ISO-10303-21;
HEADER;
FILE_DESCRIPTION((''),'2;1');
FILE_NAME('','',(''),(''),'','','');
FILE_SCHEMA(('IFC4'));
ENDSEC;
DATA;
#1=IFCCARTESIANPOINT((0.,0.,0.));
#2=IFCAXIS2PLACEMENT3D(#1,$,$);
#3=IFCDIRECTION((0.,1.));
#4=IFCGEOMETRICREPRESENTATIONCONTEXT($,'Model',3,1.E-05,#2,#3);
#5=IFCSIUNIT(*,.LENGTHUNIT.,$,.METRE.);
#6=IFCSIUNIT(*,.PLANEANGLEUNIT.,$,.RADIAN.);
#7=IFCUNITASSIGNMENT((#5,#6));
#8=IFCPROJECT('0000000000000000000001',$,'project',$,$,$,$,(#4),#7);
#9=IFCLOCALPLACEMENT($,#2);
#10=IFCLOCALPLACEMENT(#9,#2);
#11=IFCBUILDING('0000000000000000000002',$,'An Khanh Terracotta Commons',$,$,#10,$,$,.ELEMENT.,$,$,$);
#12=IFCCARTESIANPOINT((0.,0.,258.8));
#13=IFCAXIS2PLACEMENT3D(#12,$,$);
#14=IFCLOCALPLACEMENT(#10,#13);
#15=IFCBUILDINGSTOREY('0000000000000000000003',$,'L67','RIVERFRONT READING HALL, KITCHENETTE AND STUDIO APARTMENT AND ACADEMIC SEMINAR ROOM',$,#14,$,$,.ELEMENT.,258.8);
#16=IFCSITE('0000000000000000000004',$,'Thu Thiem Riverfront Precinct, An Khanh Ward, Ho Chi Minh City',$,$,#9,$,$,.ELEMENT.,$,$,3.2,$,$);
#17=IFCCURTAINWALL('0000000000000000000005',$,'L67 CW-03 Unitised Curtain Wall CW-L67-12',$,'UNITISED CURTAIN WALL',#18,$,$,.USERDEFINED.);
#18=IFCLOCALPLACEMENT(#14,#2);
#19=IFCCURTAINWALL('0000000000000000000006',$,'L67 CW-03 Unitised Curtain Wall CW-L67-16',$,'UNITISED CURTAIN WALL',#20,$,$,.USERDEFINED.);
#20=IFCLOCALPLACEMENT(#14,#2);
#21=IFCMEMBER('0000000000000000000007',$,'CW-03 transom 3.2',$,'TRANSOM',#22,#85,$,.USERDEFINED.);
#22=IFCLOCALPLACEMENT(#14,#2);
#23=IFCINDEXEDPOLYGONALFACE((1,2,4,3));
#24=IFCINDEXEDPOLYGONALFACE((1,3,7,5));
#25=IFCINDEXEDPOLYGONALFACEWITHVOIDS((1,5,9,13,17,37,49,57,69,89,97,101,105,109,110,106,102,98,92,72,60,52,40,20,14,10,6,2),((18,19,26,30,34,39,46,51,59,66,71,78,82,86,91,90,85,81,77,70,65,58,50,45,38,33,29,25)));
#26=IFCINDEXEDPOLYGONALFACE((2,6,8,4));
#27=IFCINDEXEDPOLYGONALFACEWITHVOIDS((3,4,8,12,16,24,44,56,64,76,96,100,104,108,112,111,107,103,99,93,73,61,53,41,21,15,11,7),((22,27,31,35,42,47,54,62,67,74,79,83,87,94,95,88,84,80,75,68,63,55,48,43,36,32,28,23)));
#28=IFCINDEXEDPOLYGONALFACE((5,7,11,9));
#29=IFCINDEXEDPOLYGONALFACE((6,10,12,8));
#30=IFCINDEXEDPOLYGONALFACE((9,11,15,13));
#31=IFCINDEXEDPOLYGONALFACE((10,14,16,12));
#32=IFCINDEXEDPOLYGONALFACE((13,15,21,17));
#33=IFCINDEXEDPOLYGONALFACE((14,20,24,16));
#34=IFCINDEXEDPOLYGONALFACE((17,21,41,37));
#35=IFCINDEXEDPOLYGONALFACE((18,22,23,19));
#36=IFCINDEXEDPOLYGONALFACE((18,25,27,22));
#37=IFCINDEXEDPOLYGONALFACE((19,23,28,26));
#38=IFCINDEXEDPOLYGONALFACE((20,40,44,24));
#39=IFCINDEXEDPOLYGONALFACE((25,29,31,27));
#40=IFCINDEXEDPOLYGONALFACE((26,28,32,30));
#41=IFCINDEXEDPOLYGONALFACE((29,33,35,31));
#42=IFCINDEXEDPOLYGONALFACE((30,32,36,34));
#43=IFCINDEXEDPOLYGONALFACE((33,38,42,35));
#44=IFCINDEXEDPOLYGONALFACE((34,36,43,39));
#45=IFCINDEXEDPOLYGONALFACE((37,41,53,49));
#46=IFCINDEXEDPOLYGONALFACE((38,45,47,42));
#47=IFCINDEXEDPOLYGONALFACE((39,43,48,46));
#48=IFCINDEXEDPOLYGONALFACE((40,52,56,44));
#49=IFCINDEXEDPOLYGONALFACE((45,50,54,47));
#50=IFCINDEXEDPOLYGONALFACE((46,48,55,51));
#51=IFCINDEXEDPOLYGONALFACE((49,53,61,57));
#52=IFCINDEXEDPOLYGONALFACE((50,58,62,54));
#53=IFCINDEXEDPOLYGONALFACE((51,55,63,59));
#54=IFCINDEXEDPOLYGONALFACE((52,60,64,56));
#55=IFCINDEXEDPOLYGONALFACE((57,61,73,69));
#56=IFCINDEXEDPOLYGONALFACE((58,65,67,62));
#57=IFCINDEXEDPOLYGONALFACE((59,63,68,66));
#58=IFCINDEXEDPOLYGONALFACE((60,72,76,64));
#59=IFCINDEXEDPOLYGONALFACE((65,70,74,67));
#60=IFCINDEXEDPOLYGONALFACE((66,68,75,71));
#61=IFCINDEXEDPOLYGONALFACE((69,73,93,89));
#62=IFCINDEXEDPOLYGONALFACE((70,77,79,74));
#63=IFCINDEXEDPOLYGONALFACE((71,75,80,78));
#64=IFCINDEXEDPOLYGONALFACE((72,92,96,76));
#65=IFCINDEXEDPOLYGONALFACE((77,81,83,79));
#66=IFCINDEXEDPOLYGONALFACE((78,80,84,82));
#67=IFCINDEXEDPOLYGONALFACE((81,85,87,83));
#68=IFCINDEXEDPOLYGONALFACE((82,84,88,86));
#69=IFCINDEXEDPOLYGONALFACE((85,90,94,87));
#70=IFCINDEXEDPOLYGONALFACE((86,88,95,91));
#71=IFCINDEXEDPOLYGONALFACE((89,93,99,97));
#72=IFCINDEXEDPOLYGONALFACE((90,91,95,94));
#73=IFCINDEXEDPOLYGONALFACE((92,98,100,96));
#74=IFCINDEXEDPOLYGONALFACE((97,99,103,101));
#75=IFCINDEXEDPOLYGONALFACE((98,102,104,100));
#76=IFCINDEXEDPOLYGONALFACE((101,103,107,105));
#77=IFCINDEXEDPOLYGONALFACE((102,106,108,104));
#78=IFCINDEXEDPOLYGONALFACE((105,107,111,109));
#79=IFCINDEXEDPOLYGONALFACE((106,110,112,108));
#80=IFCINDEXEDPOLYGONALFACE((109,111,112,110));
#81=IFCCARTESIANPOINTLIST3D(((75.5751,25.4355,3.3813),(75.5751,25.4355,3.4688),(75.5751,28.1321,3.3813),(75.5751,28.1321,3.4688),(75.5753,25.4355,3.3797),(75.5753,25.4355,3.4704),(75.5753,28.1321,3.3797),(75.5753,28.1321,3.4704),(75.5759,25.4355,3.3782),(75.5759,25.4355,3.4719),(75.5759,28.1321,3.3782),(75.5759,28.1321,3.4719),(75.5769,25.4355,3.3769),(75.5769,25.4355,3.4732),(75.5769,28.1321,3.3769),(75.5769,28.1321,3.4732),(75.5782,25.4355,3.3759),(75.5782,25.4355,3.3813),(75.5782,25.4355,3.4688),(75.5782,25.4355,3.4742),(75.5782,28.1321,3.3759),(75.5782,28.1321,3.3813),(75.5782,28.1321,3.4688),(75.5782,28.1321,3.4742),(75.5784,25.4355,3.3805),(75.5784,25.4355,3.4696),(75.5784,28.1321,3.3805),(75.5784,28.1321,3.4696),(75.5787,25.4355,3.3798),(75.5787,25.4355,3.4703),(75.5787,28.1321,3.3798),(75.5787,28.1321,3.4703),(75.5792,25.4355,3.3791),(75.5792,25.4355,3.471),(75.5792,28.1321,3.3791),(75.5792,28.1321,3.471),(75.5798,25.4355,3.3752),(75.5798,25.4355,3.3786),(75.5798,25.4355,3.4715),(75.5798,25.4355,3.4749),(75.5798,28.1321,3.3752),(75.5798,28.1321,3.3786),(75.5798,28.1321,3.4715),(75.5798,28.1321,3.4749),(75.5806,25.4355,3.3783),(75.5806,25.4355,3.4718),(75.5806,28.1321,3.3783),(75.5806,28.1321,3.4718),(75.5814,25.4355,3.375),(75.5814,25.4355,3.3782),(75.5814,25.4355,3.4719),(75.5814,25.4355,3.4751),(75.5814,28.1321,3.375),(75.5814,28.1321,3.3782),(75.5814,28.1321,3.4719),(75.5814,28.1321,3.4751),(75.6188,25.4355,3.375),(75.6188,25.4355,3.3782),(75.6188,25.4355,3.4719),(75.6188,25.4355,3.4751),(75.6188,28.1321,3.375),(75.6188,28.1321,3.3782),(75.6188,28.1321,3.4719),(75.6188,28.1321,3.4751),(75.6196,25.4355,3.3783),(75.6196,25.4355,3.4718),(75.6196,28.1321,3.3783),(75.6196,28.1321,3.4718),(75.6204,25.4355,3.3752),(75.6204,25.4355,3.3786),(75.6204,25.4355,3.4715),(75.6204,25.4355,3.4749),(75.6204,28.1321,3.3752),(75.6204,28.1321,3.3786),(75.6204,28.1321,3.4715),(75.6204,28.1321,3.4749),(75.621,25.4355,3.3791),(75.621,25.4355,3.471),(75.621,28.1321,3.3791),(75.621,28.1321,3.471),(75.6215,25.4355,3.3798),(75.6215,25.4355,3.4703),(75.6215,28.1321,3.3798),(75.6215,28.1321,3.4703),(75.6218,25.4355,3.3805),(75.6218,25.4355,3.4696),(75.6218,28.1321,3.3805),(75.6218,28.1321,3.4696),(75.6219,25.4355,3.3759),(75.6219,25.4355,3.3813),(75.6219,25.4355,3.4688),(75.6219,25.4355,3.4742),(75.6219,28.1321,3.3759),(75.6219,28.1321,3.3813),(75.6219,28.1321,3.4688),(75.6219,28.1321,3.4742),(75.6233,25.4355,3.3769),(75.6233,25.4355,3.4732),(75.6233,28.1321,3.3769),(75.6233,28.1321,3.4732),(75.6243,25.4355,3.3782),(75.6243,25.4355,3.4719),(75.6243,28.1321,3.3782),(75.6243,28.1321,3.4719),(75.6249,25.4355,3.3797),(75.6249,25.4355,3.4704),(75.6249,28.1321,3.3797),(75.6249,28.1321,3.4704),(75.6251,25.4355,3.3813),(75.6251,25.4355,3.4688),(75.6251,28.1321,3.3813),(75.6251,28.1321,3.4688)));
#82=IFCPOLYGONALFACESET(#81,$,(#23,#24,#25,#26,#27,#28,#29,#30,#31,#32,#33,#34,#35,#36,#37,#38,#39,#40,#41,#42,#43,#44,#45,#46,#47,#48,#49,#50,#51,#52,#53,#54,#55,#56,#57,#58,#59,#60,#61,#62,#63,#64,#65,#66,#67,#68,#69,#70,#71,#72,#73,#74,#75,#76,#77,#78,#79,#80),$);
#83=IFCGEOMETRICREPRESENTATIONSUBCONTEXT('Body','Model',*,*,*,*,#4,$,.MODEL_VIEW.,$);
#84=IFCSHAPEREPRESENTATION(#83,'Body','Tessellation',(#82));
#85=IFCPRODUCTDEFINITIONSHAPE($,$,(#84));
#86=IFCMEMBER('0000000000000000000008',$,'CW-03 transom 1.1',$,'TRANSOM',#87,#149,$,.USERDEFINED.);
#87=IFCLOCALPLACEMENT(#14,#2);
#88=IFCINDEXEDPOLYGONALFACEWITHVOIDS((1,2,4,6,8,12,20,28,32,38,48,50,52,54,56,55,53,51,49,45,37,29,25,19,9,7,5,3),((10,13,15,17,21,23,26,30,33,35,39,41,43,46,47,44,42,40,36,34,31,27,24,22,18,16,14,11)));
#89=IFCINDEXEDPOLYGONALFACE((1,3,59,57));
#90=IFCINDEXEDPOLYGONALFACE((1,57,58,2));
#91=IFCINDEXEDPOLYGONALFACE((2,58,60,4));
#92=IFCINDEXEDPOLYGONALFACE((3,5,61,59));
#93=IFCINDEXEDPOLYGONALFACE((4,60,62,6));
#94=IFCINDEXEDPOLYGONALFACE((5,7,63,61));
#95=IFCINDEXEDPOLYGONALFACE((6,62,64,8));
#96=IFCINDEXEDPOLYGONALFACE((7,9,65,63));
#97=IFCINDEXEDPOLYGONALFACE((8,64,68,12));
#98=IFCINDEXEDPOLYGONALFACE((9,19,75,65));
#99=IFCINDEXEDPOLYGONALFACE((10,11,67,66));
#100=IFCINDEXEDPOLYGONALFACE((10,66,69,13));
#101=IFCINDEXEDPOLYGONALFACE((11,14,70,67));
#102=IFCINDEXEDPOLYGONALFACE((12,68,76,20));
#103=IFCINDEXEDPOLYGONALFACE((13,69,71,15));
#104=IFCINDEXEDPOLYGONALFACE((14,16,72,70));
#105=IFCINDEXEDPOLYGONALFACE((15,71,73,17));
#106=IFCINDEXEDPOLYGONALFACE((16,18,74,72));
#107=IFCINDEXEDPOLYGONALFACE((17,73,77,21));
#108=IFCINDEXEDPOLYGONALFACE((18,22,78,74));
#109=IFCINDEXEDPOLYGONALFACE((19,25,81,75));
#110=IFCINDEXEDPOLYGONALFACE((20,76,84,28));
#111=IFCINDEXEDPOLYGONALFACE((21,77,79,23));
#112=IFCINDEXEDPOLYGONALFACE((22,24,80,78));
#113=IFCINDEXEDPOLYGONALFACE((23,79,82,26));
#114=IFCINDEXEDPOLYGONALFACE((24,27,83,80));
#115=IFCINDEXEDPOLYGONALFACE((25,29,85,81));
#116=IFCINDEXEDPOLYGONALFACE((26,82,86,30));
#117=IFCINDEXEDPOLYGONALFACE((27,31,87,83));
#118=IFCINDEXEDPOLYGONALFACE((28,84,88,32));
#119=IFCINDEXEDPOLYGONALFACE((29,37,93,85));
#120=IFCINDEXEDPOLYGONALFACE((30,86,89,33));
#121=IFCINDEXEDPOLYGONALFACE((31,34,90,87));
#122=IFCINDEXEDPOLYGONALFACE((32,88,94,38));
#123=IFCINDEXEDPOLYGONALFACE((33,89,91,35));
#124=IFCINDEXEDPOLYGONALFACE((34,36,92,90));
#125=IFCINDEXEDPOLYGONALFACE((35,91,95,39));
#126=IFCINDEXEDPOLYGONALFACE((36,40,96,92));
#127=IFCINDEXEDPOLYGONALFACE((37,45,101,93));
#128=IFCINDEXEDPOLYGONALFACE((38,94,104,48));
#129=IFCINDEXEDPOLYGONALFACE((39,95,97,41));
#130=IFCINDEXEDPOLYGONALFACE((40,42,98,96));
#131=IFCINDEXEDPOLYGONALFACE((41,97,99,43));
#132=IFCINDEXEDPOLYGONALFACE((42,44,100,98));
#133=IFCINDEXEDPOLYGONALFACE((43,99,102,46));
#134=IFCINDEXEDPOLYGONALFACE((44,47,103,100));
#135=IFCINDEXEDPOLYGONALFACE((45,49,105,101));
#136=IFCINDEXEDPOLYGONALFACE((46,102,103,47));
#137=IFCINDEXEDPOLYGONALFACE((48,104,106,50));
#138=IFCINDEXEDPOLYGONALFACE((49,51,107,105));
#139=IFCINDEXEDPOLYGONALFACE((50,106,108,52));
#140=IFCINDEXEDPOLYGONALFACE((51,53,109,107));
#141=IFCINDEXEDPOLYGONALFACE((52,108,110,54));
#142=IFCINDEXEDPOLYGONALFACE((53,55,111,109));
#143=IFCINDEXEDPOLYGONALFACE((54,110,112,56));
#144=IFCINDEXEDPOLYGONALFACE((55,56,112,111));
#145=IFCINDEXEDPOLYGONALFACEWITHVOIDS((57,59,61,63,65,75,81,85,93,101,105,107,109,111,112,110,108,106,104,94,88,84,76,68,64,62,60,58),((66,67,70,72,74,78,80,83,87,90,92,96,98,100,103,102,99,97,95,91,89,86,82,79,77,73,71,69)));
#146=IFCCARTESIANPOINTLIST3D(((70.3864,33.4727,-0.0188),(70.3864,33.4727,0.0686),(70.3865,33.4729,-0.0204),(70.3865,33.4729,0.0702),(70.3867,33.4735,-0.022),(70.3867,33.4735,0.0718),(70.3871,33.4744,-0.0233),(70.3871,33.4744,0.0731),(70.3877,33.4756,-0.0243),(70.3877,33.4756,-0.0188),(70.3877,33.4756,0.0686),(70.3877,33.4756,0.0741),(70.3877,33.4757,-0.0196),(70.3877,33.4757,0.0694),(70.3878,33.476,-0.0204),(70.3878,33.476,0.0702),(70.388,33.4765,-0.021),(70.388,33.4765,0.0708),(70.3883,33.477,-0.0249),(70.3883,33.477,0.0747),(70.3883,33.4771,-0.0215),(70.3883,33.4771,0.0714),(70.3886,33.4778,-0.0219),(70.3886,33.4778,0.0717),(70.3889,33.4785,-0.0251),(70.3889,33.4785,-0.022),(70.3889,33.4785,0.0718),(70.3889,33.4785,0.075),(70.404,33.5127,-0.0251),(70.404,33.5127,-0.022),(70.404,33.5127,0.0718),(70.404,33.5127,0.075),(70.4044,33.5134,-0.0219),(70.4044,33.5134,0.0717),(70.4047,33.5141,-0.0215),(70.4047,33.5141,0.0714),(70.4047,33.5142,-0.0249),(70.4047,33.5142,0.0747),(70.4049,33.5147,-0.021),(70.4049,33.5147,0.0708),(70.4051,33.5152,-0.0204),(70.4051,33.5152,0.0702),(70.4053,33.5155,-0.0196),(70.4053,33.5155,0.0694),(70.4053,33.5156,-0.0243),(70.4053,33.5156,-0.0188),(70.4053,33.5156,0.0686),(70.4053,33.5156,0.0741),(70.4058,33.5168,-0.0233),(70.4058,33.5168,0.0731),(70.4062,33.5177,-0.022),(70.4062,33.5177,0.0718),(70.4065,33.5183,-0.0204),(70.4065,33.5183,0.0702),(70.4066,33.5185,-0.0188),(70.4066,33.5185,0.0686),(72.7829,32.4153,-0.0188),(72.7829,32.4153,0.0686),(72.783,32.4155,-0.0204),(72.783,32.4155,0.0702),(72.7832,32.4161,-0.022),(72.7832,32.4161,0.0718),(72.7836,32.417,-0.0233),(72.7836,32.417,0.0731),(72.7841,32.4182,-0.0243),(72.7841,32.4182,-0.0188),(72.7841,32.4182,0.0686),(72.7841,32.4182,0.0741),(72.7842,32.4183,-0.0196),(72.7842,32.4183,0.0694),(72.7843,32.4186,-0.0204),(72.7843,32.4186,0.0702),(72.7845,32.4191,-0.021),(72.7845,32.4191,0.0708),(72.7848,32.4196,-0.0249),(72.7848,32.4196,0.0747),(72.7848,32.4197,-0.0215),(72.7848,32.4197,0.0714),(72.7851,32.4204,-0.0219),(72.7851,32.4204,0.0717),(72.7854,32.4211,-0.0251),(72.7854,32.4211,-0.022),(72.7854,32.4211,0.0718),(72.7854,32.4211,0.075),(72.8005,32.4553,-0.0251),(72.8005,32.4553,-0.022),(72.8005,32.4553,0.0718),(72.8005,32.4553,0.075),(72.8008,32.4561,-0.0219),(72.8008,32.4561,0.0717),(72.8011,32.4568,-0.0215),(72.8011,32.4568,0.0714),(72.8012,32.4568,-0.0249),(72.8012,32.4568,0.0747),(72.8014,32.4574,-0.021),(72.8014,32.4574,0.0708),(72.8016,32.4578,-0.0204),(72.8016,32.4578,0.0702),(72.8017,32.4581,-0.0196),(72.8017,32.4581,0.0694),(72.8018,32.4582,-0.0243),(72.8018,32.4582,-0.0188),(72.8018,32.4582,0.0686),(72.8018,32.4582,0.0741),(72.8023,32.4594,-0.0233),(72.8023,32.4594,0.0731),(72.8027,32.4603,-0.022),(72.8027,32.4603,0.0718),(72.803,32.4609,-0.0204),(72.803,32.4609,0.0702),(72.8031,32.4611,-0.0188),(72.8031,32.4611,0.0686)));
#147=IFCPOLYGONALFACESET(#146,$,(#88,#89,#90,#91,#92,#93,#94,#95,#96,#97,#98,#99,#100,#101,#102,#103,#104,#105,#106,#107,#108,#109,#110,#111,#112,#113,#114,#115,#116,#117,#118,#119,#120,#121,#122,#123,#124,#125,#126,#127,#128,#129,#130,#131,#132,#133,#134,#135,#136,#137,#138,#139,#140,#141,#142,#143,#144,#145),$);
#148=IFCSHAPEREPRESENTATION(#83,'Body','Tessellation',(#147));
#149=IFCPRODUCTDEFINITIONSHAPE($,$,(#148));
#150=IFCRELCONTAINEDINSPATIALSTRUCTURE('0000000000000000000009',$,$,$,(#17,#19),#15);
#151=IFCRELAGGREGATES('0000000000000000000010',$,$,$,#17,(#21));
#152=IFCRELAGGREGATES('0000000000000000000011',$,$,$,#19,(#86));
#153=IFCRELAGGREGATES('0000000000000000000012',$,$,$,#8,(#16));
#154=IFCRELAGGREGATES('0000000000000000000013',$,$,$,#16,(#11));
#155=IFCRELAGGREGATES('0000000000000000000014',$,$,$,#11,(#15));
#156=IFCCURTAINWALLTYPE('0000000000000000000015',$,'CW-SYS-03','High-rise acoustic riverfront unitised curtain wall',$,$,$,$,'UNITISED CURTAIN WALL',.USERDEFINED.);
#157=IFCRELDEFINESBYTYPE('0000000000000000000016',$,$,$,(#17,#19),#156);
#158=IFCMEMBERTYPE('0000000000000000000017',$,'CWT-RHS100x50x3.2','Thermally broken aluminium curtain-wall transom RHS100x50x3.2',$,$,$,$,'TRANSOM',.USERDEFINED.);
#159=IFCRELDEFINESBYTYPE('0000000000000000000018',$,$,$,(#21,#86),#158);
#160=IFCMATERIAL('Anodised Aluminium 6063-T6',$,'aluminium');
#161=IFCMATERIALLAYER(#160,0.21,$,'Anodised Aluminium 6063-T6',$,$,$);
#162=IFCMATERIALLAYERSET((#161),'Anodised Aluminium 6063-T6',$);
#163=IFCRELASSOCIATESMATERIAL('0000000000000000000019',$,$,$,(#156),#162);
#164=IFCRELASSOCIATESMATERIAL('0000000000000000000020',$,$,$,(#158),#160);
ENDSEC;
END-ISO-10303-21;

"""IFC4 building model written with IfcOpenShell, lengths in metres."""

from ifc_helpers import new_model, si_unit, direction, frame, origin, origin_2d, place, context, subcontext, project, spatial, hollow_rectangle, extrude, material, layer, layer_set, material_profile, profile_set, type_object, element, aggregate, save


model = new_model("IFC4")

# Units and contexts
model_context = context("Model", 3, precision=1e-05, world=origin(), true_north=direction((0.0, 1.0)))
body_context = subcontext(model_context, "Body", "Model", "MODEL_VIEW")
ifc_project = project(units=[si_unit("LENGTHUNIT", "METRE"), si_unit("PLANEANGLEUNIT", "RADIAN")], contexts=[model_context])

# Site, building, storey
site_placement = place(None, origin())
site = spatial("IfcSite", under=ifc_project, at=site_placement, Name="Thu Thiem Riverfront Precinct, An Khanh Ward, Ho Chi Minh City", CompositionType="ELEMENT", RefElevation=3.2)
building_placement = place(site_placement, origin())
building = spatial("IfcBuilding", under=site, at=building_placement, Name="An Khanh Terracotta Commons", CompositionType="ELEMENT")
storey_placement = place(building_placement, frame((0.0, 0.0, 258.8)))
storey = spatial("IfcBuildingStorey", under=building, at=storey_placement, Name="L67", Description="RIVERFRONT READING HALL, KITCHENETTE AND STUDIO APARTMENT AND ACADEMIC SEMINAR ROOM", CompositionType="ELEMENT", Elevation=258.8)

# Curtain walls
ifc_material_1 = material(Name="Anodised Aluminium 6063-T6", Category="aluminium")
ifc_layer_1 = layer(ifc_material_1, 0.21, Name="Anodised Aluminium 6063-T6")
ifc_layer_set_1 = layer_set([ifc_layer_1], Name="Anodised Aluminium 6063-T6")
curtain_wall_type = type_object("IfcCurtainWallType", Name="CW-SYS-03", Description="High-rise acoustic riverfront unitised curtain wall", ElementType="UNITISED CURTAIN WALL", PredefinedType="USERDEFINED", material=ifc_layer_set_1)
curtain_wall_1_placement = place(storey_placement, origin())
curtain_wall_1 = element("IfcCurtainWall", 1, at=curtain_wall_1_placement, inside=storey, type_object=curtain_wall_type, Name="L67 CW-03 Unitised Curtain Wall CW-L67-12", ObjectType="UNITISED CURTAIN WALL", PredefinedType="USERDEFINED")
curtain_wall_2_placement = place(storey_placement, origin())
curtain_wall_2 = element("IfcCurtainWall", 2, at=curtain_wall_2_placement, inside=storey, type_object=curtain_wall_type, Name="L67 CW-03 Unitised Curtain Wall CW-L67-16", ObjectType="UNITISED CURTAIN WALL", PredefinedType="USERDEFINED")

# Members
ifc_material_profile_1 = material_profile(ifc_material_1, hollow_rectangle(XDim=0.05, YDim=0.1001, WallThickness=0.0032, InnerFilletRadius=0.0032, OuterFilletRadius=0.0063, at=origin_2d()), Name="RHS100x50x3.2")
ifc_profile_set_1 = profile_set([ifc_material_profile_1], Name="Anodised Aluminium 6063-T6")
member_type_1 = type_object("IfcMemberType", Name="CWT-RHS100x50x3.2", Description="Thermally broken aluminium curtain-wall transom RHS100x50x3.2", ElementType="TRANSOM", PredefinedType="USERDEFINED", material=ifc_profile_set_1)
member_1_placement = place(storey_placement, frame((75.6001, 25.4355, 3.425), z_axis=(0.0, 1.0, 0.0), x_axis=(-1.0, 0.0, 0.0)))
member_1 = element("IfcMember", 3, at=member_1_placement, type_object=member_type_1, Name="CW-03 transom 3.2", ObjectType="TRANSOM", PredefinedType="USERDEFINED", context=body_context, shape_type="SweptSolid", body=[
    extrude(hollow_rectangle(XDim=0.05, YDim=0.1001, WallThickness=0.0032, InnerFilletRadius=0.0032, OuterFilletRadius=0.0063, at=origin_2d()), origin(), (0.0, 0.0, 1.0), 2.6965),
])
member_2_placement = place(storey_placement, frame((72.793, 32.4382, 0.0249), z_axis=(-0.914904, 0.403672, 0.0), x_axis=(-0.403672, -0.914904, 0.0)))
member_2 = element("IfcMember", 4, at=member_2_placement, type_object=member_type_1, Name="CW-03 transom 1.1", ObjectType="TRANSOM", PredefinedType="USERDEFINED", context=body_context, shape_type="SweptSolid", body=[
    extrude(hollow_rectangle(XDim=0.05, YDim=0.1001, WallThickness=0.0032, InnerFilletRadius=0.0032, OuterFilletRadius=0.0063, at=origin_2d()), origin(), (0.0, 0.0, 1.0), 2.6194),
])

aggregate(curtain_wall_1, [member_1])
aggregate(curtain_wall_2, [member_2])

save(model, "model.ifc")
